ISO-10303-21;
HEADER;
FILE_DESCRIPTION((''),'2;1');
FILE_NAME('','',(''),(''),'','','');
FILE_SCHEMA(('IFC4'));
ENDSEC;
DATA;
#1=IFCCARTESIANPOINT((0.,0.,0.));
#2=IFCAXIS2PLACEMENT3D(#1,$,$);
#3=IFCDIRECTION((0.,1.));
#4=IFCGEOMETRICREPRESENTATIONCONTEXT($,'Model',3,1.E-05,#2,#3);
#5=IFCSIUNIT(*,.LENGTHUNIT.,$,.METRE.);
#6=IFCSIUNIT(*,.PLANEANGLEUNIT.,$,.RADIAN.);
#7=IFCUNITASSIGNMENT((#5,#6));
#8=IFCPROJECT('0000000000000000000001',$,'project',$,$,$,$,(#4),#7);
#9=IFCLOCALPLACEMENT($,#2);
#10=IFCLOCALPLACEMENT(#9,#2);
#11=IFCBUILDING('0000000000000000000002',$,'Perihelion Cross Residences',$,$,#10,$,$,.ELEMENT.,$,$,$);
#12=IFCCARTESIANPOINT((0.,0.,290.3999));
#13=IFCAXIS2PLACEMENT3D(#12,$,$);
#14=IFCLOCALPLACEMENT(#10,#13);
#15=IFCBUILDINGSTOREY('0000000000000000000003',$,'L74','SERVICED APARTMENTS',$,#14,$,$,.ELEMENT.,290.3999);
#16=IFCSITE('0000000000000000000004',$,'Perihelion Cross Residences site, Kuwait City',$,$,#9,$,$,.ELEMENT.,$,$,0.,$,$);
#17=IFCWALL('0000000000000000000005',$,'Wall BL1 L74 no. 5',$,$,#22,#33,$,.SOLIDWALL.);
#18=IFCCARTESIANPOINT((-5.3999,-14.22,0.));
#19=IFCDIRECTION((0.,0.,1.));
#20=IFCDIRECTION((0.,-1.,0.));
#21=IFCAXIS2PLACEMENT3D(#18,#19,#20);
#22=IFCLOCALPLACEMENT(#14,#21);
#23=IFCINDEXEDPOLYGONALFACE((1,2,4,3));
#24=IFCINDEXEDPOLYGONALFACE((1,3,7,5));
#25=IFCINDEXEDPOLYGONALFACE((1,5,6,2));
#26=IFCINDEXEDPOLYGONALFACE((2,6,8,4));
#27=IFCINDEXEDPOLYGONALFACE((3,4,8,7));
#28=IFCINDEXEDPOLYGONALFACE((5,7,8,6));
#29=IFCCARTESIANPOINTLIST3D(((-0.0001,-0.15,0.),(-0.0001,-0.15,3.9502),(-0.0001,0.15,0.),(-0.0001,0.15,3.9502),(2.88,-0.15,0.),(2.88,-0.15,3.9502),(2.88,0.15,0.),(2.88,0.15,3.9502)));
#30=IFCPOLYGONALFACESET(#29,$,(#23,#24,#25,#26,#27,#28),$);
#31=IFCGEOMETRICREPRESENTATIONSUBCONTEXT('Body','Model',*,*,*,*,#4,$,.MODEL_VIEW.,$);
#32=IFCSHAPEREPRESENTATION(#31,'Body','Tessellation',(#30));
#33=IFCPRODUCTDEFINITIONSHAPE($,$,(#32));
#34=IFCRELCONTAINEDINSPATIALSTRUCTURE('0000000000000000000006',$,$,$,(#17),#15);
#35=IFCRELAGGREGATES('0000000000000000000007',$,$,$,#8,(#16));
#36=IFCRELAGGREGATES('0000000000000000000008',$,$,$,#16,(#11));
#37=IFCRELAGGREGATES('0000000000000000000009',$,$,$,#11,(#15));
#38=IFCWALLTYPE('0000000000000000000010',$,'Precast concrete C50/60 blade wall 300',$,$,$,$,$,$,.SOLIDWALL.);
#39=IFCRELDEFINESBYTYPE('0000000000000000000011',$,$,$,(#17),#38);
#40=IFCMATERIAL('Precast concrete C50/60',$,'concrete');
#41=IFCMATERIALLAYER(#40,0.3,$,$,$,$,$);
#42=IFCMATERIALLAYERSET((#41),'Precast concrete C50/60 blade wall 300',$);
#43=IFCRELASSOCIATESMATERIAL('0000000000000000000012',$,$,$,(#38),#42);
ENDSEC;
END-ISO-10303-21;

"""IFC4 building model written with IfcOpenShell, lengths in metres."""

from ifc_helpers import new_model, si_unit, direction, frame, frame_2d, origin, place, context, subcontext, project, spatial, rectangle, extrude, material, layer, layer_set, type_object, element, save


model = new_model("IFC4")

# Units and contexts
model_context = context("Model", 3, precision=1e-05, world=origin(), true_north=direction((0.0, 1.0)))
body_context = subcontext(model_context, "Body", "Model", "MODEL_VIEW")
ifc_project = project(units=[si_unit("LENGTHUNIT", "METRE"), si_unit("PLANEANGLEUNIT", "RADIAN")], contexts=[model_context])

# Site, building, storey
site_placement = place(None, origin())
site = spatial("IfcSite", under=ifc_project, at=site_placement, Name="Perihelion Cross Residences site, Kuwait City", CompositionType="ELEMENT", RefElevation=0.0)
building_placement = place(site_placement, origin())
building = spatial("IfcBuilding", under=site, at=building_placement, Name="Perihelion Cross Residences", CompositionType="ELEMENT")
storey_placement = place(building_placement, frame((0.0, 0.0, 290.3999)))
storey = spatial("IfcBuildingStorey", under=building, at=storey_placement, Name="L74", Description="SERVICED APARTMENTS", CompositionType="ELEMENT", Elevation=290.3999)

# Wall
ifc_material_1 = material(Name="Precast concrete C50/60", Category="concrete")
ifc_layer_1 = layer(ifc_material_1, 0.3)
ifc_layer_set_1 = layer_set([ifc_layer_1], Name="Precast concrete C50/60 blade wall 300")
wall_type_1 = type_object("IfcWallType", Name="Precast concrete C50/60 blade wall 300", PredefinedType="SOLIDWALL", material=ifc_layer_set_1)
wall_1_placement = place(storey_placement, frame((-5.3999, -14.22, 0.0), z_axis=(0.0, 0.0, 1.0), x_axis=(0.0, -1.0, 0.0)))
element("IfcWall", 1, at=wall_1_placement, inside=storey, type_object=wall_type_1, Name="Wall BL1 L74 no. 5", PredefinedType="SOLIDWALL", context=body_context, shape_type="SweptSolid", body=[
    extrude(rectangle(XDim=2.8801, YDim=0.3, at=frame_2d((1.4399, 0.0))), origin(), (0.0, 0.0, 1.0), 3.9502),
])

save(model, "model.ifc")
